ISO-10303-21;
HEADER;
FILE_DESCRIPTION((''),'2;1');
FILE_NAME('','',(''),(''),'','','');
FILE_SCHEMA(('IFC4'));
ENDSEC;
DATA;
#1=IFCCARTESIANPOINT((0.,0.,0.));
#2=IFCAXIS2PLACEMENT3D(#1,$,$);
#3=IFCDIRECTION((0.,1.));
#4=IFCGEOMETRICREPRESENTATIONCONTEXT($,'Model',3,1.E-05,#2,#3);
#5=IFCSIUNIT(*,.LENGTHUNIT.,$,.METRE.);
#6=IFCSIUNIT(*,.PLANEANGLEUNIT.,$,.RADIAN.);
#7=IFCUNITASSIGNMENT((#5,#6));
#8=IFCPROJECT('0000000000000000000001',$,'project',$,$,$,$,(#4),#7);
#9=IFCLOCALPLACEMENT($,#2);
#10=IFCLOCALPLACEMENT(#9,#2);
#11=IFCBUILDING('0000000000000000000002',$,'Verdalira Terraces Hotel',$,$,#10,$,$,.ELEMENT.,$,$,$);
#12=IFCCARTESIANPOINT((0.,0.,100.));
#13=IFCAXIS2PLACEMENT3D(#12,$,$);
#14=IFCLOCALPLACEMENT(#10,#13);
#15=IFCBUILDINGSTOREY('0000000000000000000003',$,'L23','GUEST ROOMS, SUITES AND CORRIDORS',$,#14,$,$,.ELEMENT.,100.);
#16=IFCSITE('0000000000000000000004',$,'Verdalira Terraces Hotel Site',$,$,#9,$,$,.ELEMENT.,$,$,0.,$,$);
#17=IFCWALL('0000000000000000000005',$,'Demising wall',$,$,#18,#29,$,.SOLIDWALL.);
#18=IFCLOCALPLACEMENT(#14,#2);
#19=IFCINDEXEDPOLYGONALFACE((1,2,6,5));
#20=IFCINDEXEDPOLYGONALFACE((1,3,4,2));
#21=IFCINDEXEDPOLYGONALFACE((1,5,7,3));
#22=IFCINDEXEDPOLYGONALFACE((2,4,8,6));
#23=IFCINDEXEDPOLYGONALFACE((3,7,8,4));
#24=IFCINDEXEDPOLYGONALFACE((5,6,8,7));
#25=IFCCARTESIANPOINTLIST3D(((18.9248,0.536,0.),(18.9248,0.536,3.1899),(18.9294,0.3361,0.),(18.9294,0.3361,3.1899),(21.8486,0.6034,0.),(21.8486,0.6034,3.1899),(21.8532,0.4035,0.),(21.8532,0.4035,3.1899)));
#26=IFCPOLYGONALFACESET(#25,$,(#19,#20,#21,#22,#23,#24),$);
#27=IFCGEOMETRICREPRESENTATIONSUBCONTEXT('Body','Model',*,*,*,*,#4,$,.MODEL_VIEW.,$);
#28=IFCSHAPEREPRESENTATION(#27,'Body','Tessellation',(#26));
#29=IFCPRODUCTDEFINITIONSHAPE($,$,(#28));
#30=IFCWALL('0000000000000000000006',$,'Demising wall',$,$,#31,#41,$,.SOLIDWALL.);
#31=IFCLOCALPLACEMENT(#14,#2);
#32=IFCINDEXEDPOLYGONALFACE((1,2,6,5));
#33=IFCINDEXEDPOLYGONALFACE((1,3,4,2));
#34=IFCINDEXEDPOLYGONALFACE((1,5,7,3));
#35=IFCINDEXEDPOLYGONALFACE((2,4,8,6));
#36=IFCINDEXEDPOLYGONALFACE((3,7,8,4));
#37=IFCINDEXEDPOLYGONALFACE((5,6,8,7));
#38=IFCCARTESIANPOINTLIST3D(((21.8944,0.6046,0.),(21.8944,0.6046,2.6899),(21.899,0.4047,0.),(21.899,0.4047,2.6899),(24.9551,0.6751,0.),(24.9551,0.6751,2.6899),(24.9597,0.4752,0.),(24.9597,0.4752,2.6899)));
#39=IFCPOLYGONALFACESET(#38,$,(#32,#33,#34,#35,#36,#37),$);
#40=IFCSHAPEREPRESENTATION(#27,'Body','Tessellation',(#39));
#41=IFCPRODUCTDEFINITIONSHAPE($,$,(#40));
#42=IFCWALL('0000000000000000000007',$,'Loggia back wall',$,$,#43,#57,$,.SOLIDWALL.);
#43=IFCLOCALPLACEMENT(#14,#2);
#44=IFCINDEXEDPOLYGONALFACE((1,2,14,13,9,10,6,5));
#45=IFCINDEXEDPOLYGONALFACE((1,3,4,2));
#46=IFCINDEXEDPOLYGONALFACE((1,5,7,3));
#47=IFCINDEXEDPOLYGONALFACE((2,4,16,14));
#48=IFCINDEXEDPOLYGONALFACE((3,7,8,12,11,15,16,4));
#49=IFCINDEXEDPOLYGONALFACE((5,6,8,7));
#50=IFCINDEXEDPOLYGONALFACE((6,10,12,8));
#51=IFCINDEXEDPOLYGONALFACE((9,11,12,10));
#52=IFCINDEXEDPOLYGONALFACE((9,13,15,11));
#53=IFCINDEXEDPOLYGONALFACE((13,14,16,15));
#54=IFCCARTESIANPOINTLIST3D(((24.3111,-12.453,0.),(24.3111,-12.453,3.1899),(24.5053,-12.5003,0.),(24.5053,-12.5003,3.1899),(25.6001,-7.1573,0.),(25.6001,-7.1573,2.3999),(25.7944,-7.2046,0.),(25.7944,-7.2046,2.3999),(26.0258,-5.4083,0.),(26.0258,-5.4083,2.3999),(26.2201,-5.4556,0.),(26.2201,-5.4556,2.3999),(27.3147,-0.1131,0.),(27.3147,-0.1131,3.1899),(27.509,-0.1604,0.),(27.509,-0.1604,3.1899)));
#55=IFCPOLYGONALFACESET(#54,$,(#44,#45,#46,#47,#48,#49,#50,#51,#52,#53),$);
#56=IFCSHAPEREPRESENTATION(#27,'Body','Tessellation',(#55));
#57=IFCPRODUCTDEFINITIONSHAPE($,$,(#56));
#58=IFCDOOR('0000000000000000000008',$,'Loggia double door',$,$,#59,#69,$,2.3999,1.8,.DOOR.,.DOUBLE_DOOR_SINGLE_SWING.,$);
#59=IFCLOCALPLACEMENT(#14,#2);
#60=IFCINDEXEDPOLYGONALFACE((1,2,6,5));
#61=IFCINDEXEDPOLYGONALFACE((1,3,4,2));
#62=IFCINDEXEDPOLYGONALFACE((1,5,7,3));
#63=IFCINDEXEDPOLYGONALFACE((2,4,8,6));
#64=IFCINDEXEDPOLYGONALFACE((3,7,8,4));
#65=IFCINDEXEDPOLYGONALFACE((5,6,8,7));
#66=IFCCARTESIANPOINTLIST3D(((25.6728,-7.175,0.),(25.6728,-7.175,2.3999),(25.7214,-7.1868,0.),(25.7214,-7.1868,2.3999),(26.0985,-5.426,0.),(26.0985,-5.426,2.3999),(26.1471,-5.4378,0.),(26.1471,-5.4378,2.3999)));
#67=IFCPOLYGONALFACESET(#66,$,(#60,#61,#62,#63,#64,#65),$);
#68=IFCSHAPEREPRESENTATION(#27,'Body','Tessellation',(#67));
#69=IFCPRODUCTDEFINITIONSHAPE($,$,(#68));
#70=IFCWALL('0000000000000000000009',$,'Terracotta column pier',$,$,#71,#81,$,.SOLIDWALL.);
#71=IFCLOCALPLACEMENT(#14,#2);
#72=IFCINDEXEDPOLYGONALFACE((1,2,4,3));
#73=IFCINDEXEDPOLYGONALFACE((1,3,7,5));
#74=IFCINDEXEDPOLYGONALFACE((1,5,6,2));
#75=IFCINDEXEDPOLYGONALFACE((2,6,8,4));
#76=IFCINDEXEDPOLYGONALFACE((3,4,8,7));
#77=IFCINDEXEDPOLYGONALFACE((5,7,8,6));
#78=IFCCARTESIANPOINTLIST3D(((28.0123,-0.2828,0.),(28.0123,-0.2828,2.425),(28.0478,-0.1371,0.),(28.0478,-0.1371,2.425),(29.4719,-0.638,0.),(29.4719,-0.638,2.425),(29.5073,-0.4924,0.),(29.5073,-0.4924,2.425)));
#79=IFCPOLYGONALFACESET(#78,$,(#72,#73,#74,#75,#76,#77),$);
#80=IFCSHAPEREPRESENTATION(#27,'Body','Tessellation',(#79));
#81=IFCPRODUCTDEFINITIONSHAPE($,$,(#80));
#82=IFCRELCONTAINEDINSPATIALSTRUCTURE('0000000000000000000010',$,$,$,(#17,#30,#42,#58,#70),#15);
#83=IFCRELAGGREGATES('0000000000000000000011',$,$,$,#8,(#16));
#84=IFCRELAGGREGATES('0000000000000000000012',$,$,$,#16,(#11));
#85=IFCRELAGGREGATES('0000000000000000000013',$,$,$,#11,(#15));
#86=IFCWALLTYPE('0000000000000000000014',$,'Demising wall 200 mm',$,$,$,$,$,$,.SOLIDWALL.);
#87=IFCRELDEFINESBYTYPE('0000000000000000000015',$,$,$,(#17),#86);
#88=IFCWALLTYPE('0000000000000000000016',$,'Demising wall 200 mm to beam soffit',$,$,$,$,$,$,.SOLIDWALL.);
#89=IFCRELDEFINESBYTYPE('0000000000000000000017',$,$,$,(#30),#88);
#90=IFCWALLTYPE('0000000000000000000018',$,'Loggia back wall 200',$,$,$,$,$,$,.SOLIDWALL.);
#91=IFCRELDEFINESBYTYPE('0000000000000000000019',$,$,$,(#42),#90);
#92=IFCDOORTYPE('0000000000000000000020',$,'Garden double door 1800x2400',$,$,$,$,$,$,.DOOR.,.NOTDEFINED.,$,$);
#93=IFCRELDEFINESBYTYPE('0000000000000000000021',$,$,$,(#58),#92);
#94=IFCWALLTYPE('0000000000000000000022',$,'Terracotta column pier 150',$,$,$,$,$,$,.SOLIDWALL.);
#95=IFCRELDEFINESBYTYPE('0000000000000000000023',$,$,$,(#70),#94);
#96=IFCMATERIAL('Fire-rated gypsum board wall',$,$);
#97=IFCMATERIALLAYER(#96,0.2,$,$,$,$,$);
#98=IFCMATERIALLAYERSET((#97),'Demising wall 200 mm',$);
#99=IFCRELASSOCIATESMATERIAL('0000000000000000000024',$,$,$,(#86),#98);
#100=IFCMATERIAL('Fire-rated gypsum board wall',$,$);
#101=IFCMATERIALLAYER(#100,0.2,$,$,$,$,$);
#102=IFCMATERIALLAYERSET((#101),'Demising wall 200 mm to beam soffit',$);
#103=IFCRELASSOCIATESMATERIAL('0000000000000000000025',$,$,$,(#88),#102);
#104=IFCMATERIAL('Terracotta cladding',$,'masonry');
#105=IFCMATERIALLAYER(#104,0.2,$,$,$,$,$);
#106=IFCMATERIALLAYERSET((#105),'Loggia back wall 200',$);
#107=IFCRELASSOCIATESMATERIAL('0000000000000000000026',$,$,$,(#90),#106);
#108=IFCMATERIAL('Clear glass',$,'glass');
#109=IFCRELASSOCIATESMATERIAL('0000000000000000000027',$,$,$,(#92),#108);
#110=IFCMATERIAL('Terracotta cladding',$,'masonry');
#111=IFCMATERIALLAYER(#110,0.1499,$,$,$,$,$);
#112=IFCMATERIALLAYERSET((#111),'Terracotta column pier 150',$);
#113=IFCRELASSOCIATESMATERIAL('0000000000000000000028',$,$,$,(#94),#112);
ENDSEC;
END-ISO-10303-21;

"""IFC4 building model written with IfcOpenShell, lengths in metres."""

from ifc_helpers import new_model, si_unit, direction, frame, frame_2d, origin, place, context, subcontext, project, spatial, rectangle, extrude, material, layer, layer_set, type_object, element, fill, save


model = new_model("IFC4")

# Units and contexts
model_context = context("Model", 3, precision=1e-05, world=origin(), true_north=direction((0.0, 1.0)))
body_context = subcontext(model_context, "Body", "Model", "MODEL_VIEW")
ifc_project = project(units=[si_unit("LENGTHUNIT", "METRE"), si_unit("PLANEANGLEUNIT", "RADIAN")], contexts=[model_context])

# Site, building, storey
site_placement = place(None, origin())
site = spatial("IfcSite", under=ifc_project, at=site_placement, Name="Verdalira Terraces Hotel Site", CompositionType="ELEMENT", RefElevation=0.0)
building_placement = place(site_placement, origin())
building = spatial("IfcBuilding", under=site, at=building_placement, Name="Verdalira Terraces Hotel", CompositionType="ELEMENT")
storey_placement = place(building_placement, frame((0.0, 0.0, 100.0)))
storey = spatial("IfcBuildingStorey", under=building, at=storey_placement, Name="L23", Description="GUEST ROOMS, SUITES AND CORRIDORS", CompositionType="ELEMENT", Elevation=100.0)

# Walls
ifc_material_1 = material(Name="Fire-rated gypsum board wall")
ifc_layer_1 = layer(ifc_material_1, 0.2)
ifc_layer_set_1 = layer_set([ifc_layer_1], Name="Demising wall 200 mm")
wall_type_1 = type_object("IfcWallType", Name="Demising wall 200 mm", PredefinedType="SOLIDWALL", material=ifc_layer_set_1)
wall_1_placement = place(storey_placement, frame((18.927, 0.436, 0.0), z_axis=(0.0, 0.0, 1.0), x_axis=(0.999735, 0.02304, 0.0)))
element("IfcWall", 1, at=wall_1_placement, inside=storey, type_object=wall_type_1, Name="Demising wall", PredefinedType="SOLIDWALL", context=body_context, shape_type="SweptSolid", body=[
    extrude(rectangle(XDim=2.9246, YDim=0.2, at=frame_2d((1.4624, 0.0))), origin(), (0.0, 0.0, 1.0), 3.1899),
])
ifc_material_2 = material(Name="Fire-rated gypsum board wall")
ifc_layer_2 = layer(ifc_material_2, 0.2)
ifc_layer_set_2 = layer_set([ifc_layer_2], Name="Demising wall 200 mm to beam soffit")
wall_type_2 = type_object("IfcWallType", Name="Demising wall 200 mm to beam soffit", PredefinedType="SOLIDWALL", material=ifc_layer_set_2)
wall_2_placement = place(storey_placement, frame((21.8967, 0.5046, 0.0), z_axis=(0.0, 0.0, 1.0), x_axis=(0.999734, 0.023046, 0.0)))
element("IfcWall", 2, at=wall_2_placement, inside=storey, type_object=wall_type_2, Name="Demising wall", PredefinedType="SOLIDWALL", context=body_context, shape_type="SweptSolid", body=[
    extrude(rectangle(XDim=3.0615, YDim=0.2, at=frame_2d((1.5308, 0.0))), origin(), (0.0, 0.0, 1.0), 2.6899),
])

# Wall, opening, door
ifc_material_3 = material(Name="Terracotta cladding", Category="masonry")
ifc_layer_3 = layer(ifc_material_3, 0.2)
ifc_layer_set_3 = layer_set([ifc_layer_3], Name="Loggia back wall 200")
wall_type_3 = type_object("IfcWallType", Name="Loggia back wall 200", PredefinedType="SOLIDWALL", material=ifc_layer_set_3)
wall_3_placement = place(storey_placement, frame((27.4119, -0.1367, 0.0), z_axis=(0.0, 0.0, 1.0), x_axis=(-0.236506, -0.97163, 0.0)))
wall_3 = element("IfcWall", 3, at=wall_3_placement, inside=storey, type_object=wall_type_3, Name="Loggia back wall", PredefinedType="SOLIDWALL", context=body_context, shape_type="SweptSolid", body=[
    extrude(rectangle(XDim=12.7002, YDim=0.2, at=frame_2d((6.3501, 0.0))), origin(), (0.0, 0.0, 1.0), 3.1899),
])
opening_1_placement = place(wall_3_placement, frame((5.45, 0.0, 0.0)))
opening_1 = element("IfcOpeningElement", 4, at=opening_1_placement, cuts=wall_3, PredefinedType="OPENING", context=body_context, shape_type="SweptSolid", body=[
    extrude(rectangle(XDim=1.8, YDim=2.3999, at=frame_2d((0.8999, 1.2))), frame((0.0, 0.1099, 0.0), z_axis=(0.0, -1.0, 0.0), x_axis=(1.0, 0.0, 0.0)), (0.0, 0.0, 1.0), 0.22),
])
ifc_material_4 = material(Name="Clear glass", Category="glass")
door_type_1 = type_object("IfcDoorType", Name="Garden double door 1800x2400", OperationType="NOTDEFINED", PredefinedType="DOOR", material=ifc_material_4)
door_1_placement = place(opening_1_placement, origin())
door_1 = element("IfcDoor", 5, at=door_1_placement, inside=storey, type_object=door_type_1, Name="Loggia double door", OperationType="DOUBLE_DOOR_SINGLE_SWING", OverallHeight=2.3999, OverallWidth=1.8, PredefinedType="DOOR", context=body_context, shape_type="SweptSolid", body=[
    extrude(rectangle(XDim=1.8, YDim=2.3999, at=frame_2d((0.8999, 1.2))), frame((0.0, 0.0249, 0.0), z_axis=(0.0, -1.0, 0.0), x_axis=(1.0, 0.0, 0.0)), (0.0, 0.0, 1.0), 0.05),
])
fill(opening_1, door_1)

# Wall
ifc_material_5 = material(Name="Terracotta cladding", Category="masonry")
ifc_layer_4 = layer(ifc_material_5, 0.1499)
ifc_layer_set_4 = layer_set([ifc_layer_4], Name="Terracotta column pier 150")
wall_type_4 = type_object("IfcWallType", Name="Terracotta column pier 150", PredefinedType="SOLIDWALL", material=ifc_layer_set_4)
wall_4_placement = place(storey_placement, frame((29.4895, -0.5652, 0.0), z_axis=(0.0, 0.0, 1.0), x_axis=(-0.971634, 0.236488, 0.0)))
element("IfcWall", 6, at=wall_4_placement, inside=storey, type_object=wall_type_4, Name="Terracotta column pier", PredefinedType="SOLIDWALL", context=body_context, shape_type="SweptSolid", body=[
    extrude(rectangle(XDim=1.5022, YDim=0.1499, at=frame_2d((0.751, 0.0))), origin(), (0.0, 0.0, 1.0), 2.425),
])

save(model, "model.ifc")
